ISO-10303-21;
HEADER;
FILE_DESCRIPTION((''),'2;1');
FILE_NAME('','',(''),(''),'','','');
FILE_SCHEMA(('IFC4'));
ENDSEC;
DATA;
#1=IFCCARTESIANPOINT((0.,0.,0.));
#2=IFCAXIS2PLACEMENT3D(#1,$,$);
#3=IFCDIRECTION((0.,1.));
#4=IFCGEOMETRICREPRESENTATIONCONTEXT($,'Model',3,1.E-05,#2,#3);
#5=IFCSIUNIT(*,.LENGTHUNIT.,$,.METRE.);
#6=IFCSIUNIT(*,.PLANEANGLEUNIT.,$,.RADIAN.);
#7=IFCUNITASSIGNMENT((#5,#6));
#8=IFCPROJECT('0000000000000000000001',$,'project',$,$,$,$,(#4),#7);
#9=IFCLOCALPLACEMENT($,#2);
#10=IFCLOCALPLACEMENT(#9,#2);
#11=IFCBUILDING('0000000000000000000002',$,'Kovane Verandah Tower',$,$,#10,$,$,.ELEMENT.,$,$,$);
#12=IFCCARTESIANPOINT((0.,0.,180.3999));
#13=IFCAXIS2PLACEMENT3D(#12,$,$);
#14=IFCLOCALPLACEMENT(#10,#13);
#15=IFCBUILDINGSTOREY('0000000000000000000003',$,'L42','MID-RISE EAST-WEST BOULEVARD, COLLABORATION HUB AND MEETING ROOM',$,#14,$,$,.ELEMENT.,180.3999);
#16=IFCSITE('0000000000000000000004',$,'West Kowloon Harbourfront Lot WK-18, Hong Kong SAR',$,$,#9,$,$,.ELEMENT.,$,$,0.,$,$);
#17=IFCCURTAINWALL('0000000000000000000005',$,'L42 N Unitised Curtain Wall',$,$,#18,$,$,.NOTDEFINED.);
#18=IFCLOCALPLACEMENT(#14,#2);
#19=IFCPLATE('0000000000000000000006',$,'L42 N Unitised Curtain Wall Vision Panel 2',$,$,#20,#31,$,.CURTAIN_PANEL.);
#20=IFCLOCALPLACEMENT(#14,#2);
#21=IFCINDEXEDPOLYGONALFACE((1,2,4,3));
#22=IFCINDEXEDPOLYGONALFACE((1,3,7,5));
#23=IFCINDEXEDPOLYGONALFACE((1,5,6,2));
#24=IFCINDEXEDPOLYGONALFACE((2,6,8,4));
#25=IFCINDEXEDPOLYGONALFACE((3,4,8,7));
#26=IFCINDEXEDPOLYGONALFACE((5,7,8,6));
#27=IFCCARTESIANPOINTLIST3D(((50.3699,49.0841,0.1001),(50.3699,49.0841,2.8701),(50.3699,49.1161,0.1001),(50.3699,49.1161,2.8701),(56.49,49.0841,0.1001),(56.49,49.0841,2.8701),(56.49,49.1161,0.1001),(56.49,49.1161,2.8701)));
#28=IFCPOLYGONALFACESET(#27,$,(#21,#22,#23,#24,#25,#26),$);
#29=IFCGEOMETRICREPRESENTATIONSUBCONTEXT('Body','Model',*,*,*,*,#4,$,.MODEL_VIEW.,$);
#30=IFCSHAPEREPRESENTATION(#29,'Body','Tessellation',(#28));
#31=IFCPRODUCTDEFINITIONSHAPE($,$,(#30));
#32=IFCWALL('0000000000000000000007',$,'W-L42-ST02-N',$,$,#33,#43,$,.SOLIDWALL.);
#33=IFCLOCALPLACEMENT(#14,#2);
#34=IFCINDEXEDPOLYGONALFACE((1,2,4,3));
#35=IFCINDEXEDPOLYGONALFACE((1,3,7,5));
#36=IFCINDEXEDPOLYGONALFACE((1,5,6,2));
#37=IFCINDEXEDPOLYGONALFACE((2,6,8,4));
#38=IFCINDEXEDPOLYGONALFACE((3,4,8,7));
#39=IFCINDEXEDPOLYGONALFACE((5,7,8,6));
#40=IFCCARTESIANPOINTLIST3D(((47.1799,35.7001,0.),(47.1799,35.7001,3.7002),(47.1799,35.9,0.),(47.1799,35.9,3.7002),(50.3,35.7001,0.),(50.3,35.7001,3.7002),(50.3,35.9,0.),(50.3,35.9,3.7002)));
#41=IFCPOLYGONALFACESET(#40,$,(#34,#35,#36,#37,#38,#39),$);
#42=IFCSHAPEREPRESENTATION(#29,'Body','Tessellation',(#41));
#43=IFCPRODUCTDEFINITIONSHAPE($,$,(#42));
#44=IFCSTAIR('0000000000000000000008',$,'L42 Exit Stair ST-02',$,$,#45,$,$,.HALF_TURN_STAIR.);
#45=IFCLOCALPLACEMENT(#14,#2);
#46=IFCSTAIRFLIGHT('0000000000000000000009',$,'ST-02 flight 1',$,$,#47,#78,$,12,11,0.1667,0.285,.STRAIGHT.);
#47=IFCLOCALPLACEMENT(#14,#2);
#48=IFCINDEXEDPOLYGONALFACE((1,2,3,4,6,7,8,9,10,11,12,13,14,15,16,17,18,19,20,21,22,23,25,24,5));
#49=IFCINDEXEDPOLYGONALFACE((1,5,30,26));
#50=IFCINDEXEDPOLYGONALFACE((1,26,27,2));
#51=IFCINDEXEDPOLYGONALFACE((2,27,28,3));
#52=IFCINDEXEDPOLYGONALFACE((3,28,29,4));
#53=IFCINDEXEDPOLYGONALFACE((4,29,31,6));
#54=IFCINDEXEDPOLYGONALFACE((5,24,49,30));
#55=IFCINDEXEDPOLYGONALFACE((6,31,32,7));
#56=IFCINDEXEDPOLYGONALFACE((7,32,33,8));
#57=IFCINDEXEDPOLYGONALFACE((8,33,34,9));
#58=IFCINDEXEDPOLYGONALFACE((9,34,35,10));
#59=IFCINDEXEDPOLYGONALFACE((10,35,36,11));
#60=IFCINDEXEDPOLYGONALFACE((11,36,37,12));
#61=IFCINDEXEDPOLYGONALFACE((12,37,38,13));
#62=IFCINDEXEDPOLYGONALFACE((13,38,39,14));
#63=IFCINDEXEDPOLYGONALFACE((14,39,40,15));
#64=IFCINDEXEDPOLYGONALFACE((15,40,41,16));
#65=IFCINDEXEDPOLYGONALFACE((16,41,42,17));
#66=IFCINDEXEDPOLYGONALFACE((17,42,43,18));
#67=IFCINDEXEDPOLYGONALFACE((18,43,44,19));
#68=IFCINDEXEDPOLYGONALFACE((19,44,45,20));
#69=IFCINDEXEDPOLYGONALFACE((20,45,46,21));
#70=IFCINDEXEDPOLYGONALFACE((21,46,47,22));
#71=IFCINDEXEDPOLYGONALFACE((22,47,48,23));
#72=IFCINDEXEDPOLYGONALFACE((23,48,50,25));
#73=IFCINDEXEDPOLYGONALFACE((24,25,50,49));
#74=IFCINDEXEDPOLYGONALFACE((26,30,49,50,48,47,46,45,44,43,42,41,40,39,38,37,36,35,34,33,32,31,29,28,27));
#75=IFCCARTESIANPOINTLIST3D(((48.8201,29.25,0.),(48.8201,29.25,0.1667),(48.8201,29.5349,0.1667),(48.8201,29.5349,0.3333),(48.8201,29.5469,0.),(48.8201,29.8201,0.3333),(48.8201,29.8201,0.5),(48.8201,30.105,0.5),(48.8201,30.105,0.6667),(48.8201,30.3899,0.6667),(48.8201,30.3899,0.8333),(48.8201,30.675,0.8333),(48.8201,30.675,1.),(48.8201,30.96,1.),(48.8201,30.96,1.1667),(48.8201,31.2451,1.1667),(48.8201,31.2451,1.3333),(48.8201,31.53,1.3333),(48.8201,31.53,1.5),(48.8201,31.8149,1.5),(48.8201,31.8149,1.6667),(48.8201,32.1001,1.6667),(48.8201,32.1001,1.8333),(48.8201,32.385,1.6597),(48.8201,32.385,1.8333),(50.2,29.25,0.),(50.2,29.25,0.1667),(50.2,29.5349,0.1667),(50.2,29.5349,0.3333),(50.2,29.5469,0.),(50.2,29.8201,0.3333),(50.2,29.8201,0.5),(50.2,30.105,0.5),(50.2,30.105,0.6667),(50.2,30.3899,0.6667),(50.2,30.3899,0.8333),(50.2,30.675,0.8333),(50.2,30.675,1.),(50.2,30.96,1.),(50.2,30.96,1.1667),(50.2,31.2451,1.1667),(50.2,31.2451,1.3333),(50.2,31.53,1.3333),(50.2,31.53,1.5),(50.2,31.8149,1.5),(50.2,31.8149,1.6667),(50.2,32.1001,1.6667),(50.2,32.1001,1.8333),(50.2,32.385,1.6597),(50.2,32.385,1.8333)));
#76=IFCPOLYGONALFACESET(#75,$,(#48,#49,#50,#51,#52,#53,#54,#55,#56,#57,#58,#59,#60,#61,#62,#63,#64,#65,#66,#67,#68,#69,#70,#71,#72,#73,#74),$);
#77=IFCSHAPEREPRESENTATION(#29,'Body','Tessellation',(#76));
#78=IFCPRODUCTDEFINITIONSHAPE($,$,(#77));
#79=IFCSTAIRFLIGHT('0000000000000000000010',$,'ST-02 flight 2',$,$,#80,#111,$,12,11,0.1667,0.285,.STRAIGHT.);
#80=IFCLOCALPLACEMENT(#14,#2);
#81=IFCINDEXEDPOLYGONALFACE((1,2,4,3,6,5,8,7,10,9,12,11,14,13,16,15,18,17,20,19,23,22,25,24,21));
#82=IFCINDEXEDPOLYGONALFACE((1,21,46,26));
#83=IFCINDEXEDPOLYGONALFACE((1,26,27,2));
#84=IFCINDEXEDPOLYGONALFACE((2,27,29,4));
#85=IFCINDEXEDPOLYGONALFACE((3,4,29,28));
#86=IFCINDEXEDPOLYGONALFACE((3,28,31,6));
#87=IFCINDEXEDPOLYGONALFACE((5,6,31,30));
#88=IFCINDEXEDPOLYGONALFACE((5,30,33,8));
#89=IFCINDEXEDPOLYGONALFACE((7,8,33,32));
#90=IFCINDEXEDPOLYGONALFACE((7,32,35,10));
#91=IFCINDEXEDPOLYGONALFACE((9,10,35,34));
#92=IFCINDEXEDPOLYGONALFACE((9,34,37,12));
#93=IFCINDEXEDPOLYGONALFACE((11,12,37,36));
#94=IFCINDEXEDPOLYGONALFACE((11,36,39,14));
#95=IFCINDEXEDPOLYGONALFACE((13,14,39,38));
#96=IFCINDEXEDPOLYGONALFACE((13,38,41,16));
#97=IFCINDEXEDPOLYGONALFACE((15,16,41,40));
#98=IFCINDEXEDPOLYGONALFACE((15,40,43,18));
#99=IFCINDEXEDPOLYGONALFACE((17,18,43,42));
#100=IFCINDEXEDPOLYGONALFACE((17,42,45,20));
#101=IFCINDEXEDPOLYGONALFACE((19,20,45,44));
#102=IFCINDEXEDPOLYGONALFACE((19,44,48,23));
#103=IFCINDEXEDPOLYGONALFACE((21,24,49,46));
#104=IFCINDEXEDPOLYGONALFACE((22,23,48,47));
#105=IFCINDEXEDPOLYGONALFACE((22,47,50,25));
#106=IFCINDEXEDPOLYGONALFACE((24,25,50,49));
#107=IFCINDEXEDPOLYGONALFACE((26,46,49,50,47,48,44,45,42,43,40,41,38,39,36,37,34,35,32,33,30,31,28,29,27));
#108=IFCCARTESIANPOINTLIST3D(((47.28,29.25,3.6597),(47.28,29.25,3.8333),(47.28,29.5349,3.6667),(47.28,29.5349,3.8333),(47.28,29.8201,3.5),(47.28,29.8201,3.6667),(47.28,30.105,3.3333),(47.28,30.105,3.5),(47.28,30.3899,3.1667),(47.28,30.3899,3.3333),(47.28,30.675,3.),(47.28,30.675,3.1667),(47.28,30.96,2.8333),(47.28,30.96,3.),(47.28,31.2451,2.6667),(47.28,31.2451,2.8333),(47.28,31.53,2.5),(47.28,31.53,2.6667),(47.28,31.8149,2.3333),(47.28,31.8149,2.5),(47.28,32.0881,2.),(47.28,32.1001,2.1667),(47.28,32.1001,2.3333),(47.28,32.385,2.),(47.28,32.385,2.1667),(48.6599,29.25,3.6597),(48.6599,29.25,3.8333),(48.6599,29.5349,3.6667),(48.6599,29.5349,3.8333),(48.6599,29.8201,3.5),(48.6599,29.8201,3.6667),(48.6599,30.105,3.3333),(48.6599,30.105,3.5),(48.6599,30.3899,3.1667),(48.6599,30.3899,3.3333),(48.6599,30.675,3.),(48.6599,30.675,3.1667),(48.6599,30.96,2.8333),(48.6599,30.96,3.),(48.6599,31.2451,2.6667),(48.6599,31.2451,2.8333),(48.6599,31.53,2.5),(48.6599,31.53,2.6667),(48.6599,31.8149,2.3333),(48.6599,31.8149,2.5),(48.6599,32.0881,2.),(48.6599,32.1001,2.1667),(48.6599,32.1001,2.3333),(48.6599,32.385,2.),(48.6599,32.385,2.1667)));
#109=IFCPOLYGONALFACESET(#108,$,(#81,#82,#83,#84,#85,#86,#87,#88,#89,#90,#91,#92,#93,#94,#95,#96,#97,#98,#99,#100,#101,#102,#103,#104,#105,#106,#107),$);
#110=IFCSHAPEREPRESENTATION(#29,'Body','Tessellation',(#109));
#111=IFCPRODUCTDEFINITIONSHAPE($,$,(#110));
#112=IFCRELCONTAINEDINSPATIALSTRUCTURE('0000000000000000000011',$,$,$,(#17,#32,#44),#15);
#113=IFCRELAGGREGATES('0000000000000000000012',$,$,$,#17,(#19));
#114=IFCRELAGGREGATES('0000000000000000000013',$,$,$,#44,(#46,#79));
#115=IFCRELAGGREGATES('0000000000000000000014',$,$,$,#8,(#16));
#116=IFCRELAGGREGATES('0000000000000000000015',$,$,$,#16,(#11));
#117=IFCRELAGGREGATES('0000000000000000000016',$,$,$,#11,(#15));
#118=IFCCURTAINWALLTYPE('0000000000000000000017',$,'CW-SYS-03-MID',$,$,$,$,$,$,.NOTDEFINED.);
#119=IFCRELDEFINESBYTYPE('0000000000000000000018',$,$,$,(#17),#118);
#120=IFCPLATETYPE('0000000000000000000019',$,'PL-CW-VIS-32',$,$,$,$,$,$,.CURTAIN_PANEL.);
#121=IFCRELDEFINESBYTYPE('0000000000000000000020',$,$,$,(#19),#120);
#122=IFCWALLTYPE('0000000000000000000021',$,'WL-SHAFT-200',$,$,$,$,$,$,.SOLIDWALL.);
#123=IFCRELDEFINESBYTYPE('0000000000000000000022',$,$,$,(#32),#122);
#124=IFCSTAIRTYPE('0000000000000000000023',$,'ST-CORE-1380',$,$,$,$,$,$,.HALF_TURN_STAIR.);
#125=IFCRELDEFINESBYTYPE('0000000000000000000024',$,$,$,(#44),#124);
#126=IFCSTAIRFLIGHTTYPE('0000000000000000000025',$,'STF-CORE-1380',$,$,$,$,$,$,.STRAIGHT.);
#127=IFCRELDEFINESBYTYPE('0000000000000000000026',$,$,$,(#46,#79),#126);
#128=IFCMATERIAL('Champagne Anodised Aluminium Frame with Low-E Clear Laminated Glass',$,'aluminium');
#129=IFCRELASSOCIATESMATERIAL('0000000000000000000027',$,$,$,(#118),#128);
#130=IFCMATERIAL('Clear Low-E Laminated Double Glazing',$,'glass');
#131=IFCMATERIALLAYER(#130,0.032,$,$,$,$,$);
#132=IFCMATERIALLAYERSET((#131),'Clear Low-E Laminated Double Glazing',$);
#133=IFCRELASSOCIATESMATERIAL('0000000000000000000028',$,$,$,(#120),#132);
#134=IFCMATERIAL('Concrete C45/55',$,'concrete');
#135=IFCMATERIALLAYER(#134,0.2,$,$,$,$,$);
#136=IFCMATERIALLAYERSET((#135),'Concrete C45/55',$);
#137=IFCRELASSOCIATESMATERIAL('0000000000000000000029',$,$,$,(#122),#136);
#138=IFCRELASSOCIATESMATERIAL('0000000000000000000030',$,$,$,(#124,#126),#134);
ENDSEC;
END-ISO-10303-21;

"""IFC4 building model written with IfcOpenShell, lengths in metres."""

from ifc_helpers import new_model, si_unit, direction, frame, frame_2d, origin, origin_2d, place, context, subcontext, project, spatial, polyline, rectangle, outline, extrude, material, layer, layer_set, type_object, element, aggregate, save


model = new_model("IFC4")

# Units and contexts
model_context = context("Model", 3, precision=1e-05, world=origin(), true_north=direction((0.0, 1.0)))
body_context = subcontext(model_context, "Body", "Model", "MODEL_VIEW")
ifc_project = project(units=[si_unit("LENGTHUNIT", "METRE"), si_unit("PLANEANGLEUNIT", "RADIAN")], contexts=[model_context])

# Site, building, storey
site_placement = place(None, origin())
site = spatial("IfcSite", under=ifc_project, at=site_placement, Name="West Kowloon Harbourfront Lot WK-18, Hong Kong SAR", CompositionType="ELEMENT", RefElevation=0.0)
building_placement = place(site_placement, origin())
building = spatial("IfcBuilding", under=site, at=building_placement, Name="Kovane Verandah Tower", CompositionType="ELEMENT")
storey_placement = place(building_placement, frame((0.0, 0.0, 180.3999)))
storey = spatial("IfcBuildingStorey", under=building, at=storey_placement, Name="L42", Description="MID-RISE EAST-WEST BOULEVARD, COLLABORATION HUB AND MEETING ROOM", CompositionType="ELEMENT", Elevation=180.3999)

# Curtain wall, plate
ifc_material_1 = material(Name="Champagne Anodised Aluminium Frame with Low-E Clear Laminated Glass", Category="aluminium")
curtain_wall_type = type_object("IfcCurtainWallType", Name="CW-SYS-03-MID", PredefinedType="NOTDEFINED", material=ifc_material_1)
curtain_wall_placement = place(storey_placement, origin())
curtain_wall = element("IfcCurtainWall", 1, at=curtain_wall_placement, inside=storey, type_object=curtain_wall_type, Name="L42 N Unitised Curtain Wall", PredefinedType="NOTDEFINED")
ifc_material_2 = material(Name="Clear Low-E Laminated Double Glazing", Category="glass")
ifc_layer_1 = layer(ifc_material_2, 0.032)
ifc_layer_set_1 = layer_set([ifc_layer_1], Name="Clear Low-E Laminated Double Glazing")
plate_type_1 = type_object("IfcPlateType", Name="PL-CW-VIS-32", PredefinedType="CURTAIN_PANEL", material=ifc_layer_set_1)
plate_1_placement = place(storey_placement, frame((53.4299, 49.1001, 0.1001), z_axis=(0.0, 0.0, 1.0), x_axis=(-1.0, 0.0, 0.0)))
plate_1 = element("IfcPlate", 2, at=plate_1_placement, type_object=plate_type_1, Name="L42 N Unitised Curtain Wall Vision Panel 2", PredefinedType="CURTAIN_PANEL", context=body_context, shape_type="SweptSolid", body=[
    extrude(rectangle(XDim=6.1201, YDim=0.032, at=origin_2d()), origin(), (0.0, 0.0, 1.0), 2.77),
])
aggregate(curtain_wall, [plate_1])

# Wall
ifc_material_3 = material(Name="Concrete C45/55", Category="concrete")
ifc_layer_2 = layer(ifc_material_3, 0.2)
ifc_layer_set_2 = layer_set([ifc_layer_2], Name="Concrete C45/55")
wall_type = type_object("IfcWallType", Name="WL-SHAFT-200", PredefinedType="SOLIDWALL", material=ifc_layer_set_2)
wall_placement = place(storey_placement, frame((47.1799, 35.8, 0.0), z_axis=(0.0, 0.0, 1.0), x_axis=(1.0, 0.0, 0.0)))
element("IfcWall", 3, at=wall_placement, inside=storey, type_object=wall_type, Name="W-L42-ST02-N", PredefinedType="SOLIDWALL", context=body_context, shape_type="SweptSolid", body=[
    extrude(rectangle(XDim=3.1201, YDim=0.2, at=frame_2d((1.5601, 0.0))), origin(), (0.0, 0.0, 1.0), 3.7002),
])

# Stair, stair flights
stair_type = type_object("IfcStairType", Name="ST-CORE-1380", PredefinedType="HALF_TURN_STAIR", material=ifc_material_3)
stair_placement = place(storey_placement, origin())
stair = element("IfcStair", 4, at=stair_placement, inside=storey, type_object=stair_type, Name="L42 Exit Stair ST-02", PredefinedType="HALF_TURN_STAIR")
stair_flight_type = type_object("IfcStairFlightType", Name="STF-CORE-1380", PredefinedType="STRAIGHT", material=ifc_material_3)
stair_flight_1_placement = place(storey_placement, frame((49.51, 29.25, 0.0), z_axis=(0.0, 0.0, 1.0), x_axis=(0.0, 1.0, 0.0)))
stair_flight_1 = element("IfcStairFlight", 5, at=stair_flight_1_placement, type_object=stair_flight_type, Name="ST-02 flight 1", NumberOfRisers=12, NumberOfTreads=11, PredefinedType="STRAIGHT", RiserHeight=0.1667, TreadLength=0.285, context=body_context, shape_type="SweptSolid", body=[
    extrude(outline(polyline([(0.0, 0.0), (0.0, 0.1667), (0.2849, 0.1667), (0.2849, 0.3333), (0.5701, 0.3333), (0.5701, 0.5), (0.855, 0.5), (0.855, 0.6667), (1.1399, 0.6667), (1.1399, 0.8333), (1.425, 0.8333), (1.425, 1.0), (1.71, 1.0), (1.71, 1.1667), (1.9951, 1.1667), (1.9951, 1.3333), (2.28, 1.3333), (2.28, 1.5), (2.5649, 1.5), (2.5649, 1.6667), (2.8501, 1.6667), (2.8501, 1.8333), (3.135, 1.8333), (3.135, 2.0), (3.135, 1.6597), (0.2969, 0.0), (0.0, 0.0)])), frame((0.0, 0.6899, 0.0), z_axis=(0.0, -1.0, 0.0), x_axis=(1.0, 0.0, 0.0)), (0.0, 0.0, 1.0), 1.3799),
])
stair_flight_2_placement = place(storey_placement, frame((47.97, 32.385, 2.0), z_axis=(0.0, 0.0, 1.0), x_axis=(0.0, -1.0, 0.0)))
stair_flight_2 = element("IfcStairFlight", 6, at=stair_flight_2_placement, type_object=stair_flight_type, Name="ST-02 flight 2", NumberOfRisers=12, NumberOfTreads=11, PredefinedType="STRAIGHT", RiserHeight=0.1667, TreadLength=0.285, context=body_context, shape_type="SweptSolid", body=[
    extrude(outline(polyline([(0.0, 0.0), (0.0, 0.1667), (0.2849, 0.1667), (0.2849, 0.3333), (0.5701, 0.3333), (0.5701, 0.5), (0.855, 0.5), (0.855, 0.6667), (1.1399, 0.6667), (1.1399, 0.8333), (1.425, 0.8333), (1.425, 1.0), (1.71, 1.0), (1.71, 1.1667), (1.9951, 1.1667), (1.9951, 1.3333), (2.28, 1.3333), (2.28, 1.5), (2.5649, 1.5), (2.5649, 1.6667), (2.8501, 1.6667), (2.8501, 1.8333), (3.135, 1.8333), (3.135, 2.0), (3.135, 1.6597), (0.2969, 0.0), (0.0, 0.0)])), frame((0.0, 0.6899, 0.0), z_axis=(0.0, -1.0, 0.0), x_axis=(1.0, 0.0, 0.0)), (0.0, 0.0, 1.0), 1.3799),
])
aggregate(stair, [stair_flight_1, stair_flight_2])

save(model, "model.ifc")
